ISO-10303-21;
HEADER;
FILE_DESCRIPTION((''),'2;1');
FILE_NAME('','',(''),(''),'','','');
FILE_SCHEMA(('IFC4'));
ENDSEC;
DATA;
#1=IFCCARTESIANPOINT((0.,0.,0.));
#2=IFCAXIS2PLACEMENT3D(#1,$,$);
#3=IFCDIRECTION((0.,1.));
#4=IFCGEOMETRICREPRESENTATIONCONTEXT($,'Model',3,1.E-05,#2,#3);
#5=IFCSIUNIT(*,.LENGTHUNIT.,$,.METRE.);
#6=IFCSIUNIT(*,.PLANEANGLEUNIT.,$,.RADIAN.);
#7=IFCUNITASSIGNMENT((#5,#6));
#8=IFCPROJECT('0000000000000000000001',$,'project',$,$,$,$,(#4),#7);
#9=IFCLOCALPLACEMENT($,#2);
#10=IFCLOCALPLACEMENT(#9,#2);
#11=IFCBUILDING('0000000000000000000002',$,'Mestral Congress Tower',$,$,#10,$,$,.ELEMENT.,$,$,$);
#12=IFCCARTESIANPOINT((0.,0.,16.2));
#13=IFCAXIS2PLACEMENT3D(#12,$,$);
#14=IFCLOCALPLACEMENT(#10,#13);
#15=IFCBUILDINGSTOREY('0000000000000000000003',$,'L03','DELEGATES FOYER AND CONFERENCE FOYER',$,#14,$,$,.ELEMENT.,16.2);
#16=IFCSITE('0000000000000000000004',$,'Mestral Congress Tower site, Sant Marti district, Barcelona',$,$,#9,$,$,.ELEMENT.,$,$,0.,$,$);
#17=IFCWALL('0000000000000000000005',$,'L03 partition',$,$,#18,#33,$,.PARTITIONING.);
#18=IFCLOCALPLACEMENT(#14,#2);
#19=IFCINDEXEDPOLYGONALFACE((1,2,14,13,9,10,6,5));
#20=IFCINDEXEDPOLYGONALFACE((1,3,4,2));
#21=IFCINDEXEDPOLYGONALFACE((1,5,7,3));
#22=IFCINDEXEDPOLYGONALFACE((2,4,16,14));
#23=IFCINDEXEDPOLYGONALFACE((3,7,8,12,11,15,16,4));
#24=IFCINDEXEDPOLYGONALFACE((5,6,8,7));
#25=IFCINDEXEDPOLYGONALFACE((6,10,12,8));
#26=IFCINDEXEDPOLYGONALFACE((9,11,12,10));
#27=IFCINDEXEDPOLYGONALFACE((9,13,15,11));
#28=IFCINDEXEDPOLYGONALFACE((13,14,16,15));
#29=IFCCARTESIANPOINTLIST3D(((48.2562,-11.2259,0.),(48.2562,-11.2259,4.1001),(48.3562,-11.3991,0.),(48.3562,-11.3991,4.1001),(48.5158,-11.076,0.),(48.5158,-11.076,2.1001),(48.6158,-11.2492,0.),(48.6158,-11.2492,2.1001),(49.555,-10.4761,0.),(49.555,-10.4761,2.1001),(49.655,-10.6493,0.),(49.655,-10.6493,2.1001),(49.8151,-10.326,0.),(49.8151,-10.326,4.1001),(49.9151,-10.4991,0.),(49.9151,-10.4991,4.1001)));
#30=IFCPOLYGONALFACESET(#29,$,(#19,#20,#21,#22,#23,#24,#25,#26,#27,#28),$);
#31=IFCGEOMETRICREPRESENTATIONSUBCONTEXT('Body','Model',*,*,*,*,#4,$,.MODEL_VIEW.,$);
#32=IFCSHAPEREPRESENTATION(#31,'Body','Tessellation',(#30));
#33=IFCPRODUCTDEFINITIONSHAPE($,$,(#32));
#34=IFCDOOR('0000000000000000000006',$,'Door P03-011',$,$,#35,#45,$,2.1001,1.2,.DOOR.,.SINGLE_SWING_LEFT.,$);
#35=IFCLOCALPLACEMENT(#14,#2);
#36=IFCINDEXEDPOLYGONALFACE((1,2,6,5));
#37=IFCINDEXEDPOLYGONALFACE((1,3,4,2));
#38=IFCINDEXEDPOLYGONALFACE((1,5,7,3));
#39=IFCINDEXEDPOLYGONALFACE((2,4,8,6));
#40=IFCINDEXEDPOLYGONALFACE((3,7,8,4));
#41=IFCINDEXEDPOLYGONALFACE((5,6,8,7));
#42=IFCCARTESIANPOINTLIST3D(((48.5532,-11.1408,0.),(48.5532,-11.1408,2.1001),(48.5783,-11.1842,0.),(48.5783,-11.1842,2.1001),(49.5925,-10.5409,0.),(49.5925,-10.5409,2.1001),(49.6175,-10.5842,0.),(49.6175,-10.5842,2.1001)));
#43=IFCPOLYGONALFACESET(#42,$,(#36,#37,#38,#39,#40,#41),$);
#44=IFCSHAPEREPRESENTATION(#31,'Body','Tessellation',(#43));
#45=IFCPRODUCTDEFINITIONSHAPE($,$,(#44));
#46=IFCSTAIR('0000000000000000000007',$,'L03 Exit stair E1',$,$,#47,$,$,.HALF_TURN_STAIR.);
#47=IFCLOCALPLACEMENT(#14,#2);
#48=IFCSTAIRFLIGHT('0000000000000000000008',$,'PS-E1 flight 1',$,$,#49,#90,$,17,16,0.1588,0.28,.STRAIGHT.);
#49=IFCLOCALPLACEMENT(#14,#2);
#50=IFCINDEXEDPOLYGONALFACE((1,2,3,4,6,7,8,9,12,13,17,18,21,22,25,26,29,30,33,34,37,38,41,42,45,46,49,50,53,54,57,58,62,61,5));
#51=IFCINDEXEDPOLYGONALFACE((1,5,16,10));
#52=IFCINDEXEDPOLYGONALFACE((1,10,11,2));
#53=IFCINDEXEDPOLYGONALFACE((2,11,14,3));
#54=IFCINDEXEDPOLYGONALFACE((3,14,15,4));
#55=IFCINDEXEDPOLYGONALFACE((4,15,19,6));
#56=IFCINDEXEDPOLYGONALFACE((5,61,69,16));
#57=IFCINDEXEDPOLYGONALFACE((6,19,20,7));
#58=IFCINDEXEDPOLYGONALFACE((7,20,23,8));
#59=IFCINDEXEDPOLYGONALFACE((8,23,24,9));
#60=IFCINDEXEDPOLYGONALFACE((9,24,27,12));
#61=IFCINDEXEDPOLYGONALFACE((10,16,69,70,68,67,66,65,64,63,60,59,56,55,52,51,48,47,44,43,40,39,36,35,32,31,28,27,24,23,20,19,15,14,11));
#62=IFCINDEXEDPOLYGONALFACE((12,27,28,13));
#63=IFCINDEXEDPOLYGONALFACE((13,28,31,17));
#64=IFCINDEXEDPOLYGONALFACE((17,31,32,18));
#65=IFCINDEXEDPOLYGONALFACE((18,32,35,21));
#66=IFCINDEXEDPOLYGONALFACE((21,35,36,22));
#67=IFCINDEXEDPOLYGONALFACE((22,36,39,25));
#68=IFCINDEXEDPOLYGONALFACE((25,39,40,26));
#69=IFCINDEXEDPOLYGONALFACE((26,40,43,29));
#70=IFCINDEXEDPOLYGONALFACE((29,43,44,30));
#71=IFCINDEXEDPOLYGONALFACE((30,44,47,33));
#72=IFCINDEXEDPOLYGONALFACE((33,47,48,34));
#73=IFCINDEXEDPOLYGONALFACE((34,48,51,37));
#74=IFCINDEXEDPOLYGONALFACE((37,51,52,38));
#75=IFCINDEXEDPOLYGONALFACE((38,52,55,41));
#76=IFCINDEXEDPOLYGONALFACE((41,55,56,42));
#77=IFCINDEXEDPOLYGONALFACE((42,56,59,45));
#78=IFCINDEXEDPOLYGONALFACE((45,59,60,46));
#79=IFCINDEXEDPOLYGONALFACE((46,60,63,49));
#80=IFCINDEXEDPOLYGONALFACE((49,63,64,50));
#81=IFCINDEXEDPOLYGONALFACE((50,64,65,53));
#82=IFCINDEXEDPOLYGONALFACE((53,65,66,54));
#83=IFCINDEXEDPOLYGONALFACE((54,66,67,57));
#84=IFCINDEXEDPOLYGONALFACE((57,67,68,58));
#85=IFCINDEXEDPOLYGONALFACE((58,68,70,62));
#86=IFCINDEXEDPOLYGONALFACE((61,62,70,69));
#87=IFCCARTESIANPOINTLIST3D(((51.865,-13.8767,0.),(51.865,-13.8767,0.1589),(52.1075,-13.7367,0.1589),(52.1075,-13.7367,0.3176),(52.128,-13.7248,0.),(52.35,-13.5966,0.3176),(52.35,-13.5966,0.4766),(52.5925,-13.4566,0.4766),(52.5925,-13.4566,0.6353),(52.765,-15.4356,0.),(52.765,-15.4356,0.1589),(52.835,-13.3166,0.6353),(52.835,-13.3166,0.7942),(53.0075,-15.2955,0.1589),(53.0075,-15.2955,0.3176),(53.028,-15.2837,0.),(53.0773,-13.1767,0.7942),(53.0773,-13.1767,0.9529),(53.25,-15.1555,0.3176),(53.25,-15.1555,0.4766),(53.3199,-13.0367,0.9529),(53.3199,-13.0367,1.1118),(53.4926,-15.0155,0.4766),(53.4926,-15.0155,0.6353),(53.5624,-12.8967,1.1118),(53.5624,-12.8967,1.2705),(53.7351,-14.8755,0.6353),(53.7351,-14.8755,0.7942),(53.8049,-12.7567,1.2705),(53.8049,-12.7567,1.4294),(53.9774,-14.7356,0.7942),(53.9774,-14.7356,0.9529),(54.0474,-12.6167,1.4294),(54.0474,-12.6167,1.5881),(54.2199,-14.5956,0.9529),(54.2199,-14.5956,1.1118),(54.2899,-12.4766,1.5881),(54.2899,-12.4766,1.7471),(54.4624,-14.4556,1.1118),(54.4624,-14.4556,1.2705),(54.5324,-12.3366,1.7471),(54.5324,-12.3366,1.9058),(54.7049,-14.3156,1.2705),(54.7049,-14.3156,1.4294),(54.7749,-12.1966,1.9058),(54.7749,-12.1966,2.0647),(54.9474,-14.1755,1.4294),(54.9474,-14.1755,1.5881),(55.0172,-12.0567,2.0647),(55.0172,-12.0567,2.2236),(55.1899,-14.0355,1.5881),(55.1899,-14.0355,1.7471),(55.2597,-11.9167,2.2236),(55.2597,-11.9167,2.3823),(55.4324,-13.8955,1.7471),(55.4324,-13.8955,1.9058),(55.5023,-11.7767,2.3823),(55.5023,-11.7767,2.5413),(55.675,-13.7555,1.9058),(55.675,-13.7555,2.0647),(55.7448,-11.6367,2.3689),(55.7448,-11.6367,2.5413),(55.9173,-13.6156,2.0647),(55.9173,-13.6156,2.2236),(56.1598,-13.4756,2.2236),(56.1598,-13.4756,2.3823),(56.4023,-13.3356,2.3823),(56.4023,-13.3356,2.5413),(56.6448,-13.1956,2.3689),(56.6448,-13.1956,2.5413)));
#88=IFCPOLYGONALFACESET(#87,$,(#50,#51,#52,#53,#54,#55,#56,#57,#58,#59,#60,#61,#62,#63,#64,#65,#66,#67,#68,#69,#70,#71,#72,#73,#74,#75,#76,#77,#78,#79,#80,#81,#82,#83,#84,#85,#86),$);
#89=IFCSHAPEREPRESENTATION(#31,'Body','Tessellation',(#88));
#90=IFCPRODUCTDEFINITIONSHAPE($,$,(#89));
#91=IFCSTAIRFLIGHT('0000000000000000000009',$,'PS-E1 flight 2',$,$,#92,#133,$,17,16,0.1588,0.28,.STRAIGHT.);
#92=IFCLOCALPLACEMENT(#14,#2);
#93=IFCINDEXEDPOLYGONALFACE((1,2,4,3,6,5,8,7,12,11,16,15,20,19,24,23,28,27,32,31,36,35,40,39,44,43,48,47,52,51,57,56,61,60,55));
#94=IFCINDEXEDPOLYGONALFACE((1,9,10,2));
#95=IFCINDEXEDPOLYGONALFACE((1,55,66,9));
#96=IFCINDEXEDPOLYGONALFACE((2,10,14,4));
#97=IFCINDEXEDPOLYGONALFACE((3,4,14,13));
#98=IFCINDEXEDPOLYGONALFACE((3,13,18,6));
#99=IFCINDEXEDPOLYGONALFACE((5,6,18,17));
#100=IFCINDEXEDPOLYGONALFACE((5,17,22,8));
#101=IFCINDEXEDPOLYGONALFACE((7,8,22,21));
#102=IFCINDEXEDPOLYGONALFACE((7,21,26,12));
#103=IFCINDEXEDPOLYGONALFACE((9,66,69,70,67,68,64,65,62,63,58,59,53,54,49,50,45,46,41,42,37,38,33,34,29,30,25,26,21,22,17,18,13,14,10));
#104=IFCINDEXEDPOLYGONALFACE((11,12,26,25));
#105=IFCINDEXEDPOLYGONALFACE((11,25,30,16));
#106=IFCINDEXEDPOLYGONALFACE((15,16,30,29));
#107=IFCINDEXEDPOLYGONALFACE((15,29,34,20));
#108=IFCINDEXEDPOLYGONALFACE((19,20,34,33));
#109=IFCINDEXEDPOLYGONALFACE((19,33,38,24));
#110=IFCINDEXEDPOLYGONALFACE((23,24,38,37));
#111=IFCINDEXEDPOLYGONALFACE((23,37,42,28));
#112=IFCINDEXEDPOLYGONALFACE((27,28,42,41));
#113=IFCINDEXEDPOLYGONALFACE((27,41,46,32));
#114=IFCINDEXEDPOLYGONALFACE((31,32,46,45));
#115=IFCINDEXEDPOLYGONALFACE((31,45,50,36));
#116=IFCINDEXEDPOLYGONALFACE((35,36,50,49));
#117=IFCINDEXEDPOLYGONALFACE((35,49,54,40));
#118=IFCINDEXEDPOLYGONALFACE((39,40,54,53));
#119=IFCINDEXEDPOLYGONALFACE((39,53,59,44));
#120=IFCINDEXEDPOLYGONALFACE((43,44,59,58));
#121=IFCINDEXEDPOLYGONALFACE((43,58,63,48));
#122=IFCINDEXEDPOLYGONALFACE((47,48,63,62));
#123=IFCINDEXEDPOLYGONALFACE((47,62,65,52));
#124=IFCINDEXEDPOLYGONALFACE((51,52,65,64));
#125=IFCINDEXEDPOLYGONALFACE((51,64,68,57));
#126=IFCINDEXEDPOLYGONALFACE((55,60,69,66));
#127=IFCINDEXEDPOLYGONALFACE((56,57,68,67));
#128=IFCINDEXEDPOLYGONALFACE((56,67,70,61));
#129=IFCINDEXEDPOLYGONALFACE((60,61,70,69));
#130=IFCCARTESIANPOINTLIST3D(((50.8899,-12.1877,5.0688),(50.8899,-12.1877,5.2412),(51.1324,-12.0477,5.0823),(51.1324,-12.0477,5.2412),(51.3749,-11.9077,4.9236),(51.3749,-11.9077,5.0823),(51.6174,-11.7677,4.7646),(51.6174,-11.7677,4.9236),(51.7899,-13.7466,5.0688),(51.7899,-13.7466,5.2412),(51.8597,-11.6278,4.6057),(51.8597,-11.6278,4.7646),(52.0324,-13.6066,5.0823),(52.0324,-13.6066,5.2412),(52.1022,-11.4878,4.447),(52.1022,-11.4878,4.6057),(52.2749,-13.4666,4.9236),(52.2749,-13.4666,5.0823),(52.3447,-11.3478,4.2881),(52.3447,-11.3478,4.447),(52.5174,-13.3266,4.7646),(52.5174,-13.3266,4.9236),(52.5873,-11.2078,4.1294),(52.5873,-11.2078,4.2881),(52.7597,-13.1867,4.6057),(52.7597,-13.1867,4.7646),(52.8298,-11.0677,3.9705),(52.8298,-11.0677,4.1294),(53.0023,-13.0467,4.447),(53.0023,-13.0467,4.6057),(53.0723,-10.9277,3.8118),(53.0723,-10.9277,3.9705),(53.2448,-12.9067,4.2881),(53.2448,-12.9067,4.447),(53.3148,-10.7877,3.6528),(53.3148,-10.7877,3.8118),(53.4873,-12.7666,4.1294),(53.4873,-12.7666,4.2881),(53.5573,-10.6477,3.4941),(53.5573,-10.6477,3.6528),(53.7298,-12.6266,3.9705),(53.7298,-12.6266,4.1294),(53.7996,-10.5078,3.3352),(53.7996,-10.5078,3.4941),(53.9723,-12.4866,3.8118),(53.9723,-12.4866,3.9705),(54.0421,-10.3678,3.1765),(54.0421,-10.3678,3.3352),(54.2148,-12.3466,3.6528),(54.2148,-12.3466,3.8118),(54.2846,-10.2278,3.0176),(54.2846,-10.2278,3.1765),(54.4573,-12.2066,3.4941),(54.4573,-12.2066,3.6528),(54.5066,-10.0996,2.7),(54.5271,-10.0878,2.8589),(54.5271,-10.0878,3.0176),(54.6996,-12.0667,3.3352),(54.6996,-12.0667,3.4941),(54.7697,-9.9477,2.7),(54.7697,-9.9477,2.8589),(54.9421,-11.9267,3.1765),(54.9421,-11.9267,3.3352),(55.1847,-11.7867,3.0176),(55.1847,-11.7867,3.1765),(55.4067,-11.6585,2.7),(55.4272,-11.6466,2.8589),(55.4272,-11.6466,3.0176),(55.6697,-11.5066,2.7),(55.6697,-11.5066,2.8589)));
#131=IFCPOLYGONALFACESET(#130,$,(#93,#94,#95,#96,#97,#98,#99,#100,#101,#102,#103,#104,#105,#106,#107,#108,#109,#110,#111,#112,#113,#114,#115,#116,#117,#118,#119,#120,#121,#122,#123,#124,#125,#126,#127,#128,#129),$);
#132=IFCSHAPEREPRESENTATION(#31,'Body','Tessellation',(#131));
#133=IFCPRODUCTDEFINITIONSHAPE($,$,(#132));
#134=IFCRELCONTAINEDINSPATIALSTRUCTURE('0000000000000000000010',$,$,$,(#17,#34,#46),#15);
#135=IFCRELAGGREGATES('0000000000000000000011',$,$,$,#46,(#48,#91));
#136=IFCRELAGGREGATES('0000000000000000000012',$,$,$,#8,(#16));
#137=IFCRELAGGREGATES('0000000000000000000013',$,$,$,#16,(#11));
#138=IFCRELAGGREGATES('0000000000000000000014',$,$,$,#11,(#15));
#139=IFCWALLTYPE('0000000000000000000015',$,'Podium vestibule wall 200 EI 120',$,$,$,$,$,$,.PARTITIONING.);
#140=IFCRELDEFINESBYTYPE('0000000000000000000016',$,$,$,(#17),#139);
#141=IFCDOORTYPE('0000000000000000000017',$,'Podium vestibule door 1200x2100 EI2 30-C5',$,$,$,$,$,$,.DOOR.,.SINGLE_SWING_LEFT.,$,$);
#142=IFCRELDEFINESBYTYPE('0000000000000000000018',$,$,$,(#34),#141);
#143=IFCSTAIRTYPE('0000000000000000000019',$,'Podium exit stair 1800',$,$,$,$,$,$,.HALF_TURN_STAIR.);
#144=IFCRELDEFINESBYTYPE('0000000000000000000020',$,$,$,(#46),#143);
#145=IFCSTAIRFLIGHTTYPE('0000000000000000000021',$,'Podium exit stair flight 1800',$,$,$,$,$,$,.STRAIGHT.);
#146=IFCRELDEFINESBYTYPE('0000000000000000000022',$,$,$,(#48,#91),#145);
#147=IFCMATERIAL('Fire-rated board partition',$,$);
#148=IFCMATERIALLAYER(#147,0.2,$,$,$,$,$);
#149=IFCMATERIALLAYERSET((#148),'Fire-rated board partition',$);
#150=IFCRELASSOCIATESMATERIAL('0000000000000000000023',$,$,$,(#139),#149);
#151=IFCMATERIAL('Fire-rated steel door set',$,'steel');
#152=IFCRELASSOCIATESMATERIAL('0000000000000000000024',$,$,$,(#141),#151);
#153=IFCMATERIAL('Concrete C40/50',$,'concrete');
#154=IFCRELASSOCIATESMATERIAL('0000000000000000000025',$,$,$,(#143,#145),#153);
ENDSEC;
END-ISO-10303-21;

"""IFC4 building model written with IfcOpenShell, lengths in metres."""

from ifc_helpers import new_model, si_unit, direction, frame, frame_2d, origin, place, context, subcontext, project, spatial, polyline, rectangle, outline, extrude, material, layer, layer_set, type_object, element, fill, aggregate, save


model = new_model("IFC4")

# Units and contexts
model_context = context("Model", 3, precision=1e-05, world=origin(), true_north=direction((0.0, 1.0)))
body_context = subcontext(model_context, "Body", "Model", "MODEL_VIEW")
ifc_project = project(units=[si_unit("LENGTHUNIT", "METRE"), si_unit("PLANEANGLEUNIT", "RADIAN")], contexts=[model_context])

# Site, building, storey
site_placement = place(None, origin())
site = spatial("IfcSite", under=ifc_project, at=site_placement, Name="Mestral Congress Tower site, Sant Marti district, Barcelona", CompositionType="ELEMENT", RefElevation=0.0)
building_placement = place(site_placement, origin())
building = spatial("IfcBuilding", under=site, at=building_placement, Name="Mestral Congress Tower", CompositionType="ELEMENT")
storey_placement = place(building_placement, frame((0.0, 0.0, 16.2)))
storey = spatial("IfcBuildingStorey", under=building, at=storey_placement, Name="L03", Description="DELEGATES FOYER AND CONFERENCE FOYER", CompositionType="ELEMENT", Elevation=16.2)

# Shared definitions
ifc_material_1 = material(Name="Fire-rated steel door set", Category="steel")

# Shared definitions
ifc_material_2 = material(Name="Fire-rated board partition")
ifc_layer_1 = layer(ifc_material_2, 0.2)
ifc_layer_set_1 = layer_set([ifc_layer_1], Name="Fire-rated board partition")
wall_type_1 = type_object("IfcWallType", Name="Podium vestibule wall 200 EI 120", PredefinedType="PARTITIONING", material=ifc_layer_set_1)

# Wall, opening, door
wall_1_placement = place(storey_placement, frame((49.865, -10.4126, 0.0), z_axis=(0.0, 0.0, 1.0), x_axis=(-0.866048, -0.499961, 0.0)))
wall_1 = element("IfcWall", 1, at=wall_1_placement, inside=storey, type_object=wall_type_1, Name="L03 partition", PredefinedType="PARTITIONING", context=body_context, shape_type="SweptSolid", body=[
    extrude(rectangle(XDim=1.8, YDim=0.2, at=frame_2d((0.8999, 0.0))), origin(), (0.0, 0.0, 1.0), 4.1001),
])
opening_1_placement = place(wall_1_placement, frame((0.3, 0.0, 0.0)))
opening_1 = element("IfcOpeningElement", 2, at=opening_1_placement, cuts=wall_1, PredefinedType="OPENING", context=body_context, shape_type="SweptSolid", body=[
    extrude(rectangle(XDim=1.2, YDim=2.1001, at=frame_2d((0.6001, 1.05))), frame((0.0, 0.1099, 0.0), z_axis=(0.0, -1.0, 0.0), x_axis=(1.0, 0.0, 0.0)), (0.0, 0.0, 1.0), 0.22),
])
door_type_1 = type_object("IfcDoorType", Name="Podium vestibule door 1200x2100 EI2 30-C5", OperationType="SINGLE_SWING_LEFT", PredefinedType="DOOR", material=ifc_material_1)
door_1_placement = place(opening_1_placement, origin())
door_1 = element("IfcDoor", 3, at=door_1_placement, inside=storey, type_object=door_type_1, Name="Door P03-011", OperationType="SINGLE_SWING_LEFT", OverallHeight=2.1001, OverallWidth=1.2, PredefinedType="DOOR", context=body_context, shape_type="SweptSolid", body=[
    extrude(rectangle(XDim=1.2, YDim=2.1001, at=frame_2d((0.6001, 1.05))), frame((0.0, 0.0249, 0.0), z_axis=(0.0, -1.0, 0.0), x_axis=(1.0, 0.0, 0.0)), (0.0, 0.0, 1.0), 0.05),
])
fill(opening_1, door_1)

# Stair, stair flights
ifc_material_3 = material(Name="Concrete C40/50", Category="concrete")
stair_type = type_object("IfcStairType", Name="Podium exit stair 1800", PredefinedType="HALF_TURN_STAIR", material=ifc_material_3)
stair_placement = place(storey_placement, origin())
stair = element("IfcStair", 4, at=stair_placement, inside=storey, type_object=stair_type, Name="L03 Exit stair E1", PredefinedType="HALF_TURN_STAIR")
stair_flight_type = type_object("IfcStairFlightType", Name="Podium exit stair flight 1800", PredefinedType="STRAIGHT", material=ifc_material_3)
stair_flight_1_placement = place(storey_placement, frame((52.3149, -14.656, 0.0), z_axis=(0.0, 0.0, 1.0), x_axis=(0.866025, 0.5, 0.0)))
stair_flight_1 = element("IfcStairFlight", 5, at=stair_flight_1_placement, type_object=stair_flight_type, Name="PS-E1 flight 1", NumberOfRisers=17, NumberOfTreads=16, PredefinedType="STRAIGHT", RiserHeight=0.1588, TreadLength=0.28, context=body_context, shape_type="SweptSolid", body=[
    extrude(outline(polyline([(0.0, 0.0), (0.0, 0.1589), (0.28, 0.1589), (0.28, 0.3176), (0.5601, 0.3176), (0.5601, 0.4766), (0.8401, 0.4766), (0.8401, 0.6353), (1.1201, 0.6353), (1.1201, 0.7942), (1.3999, 0.7942), (1.3999, 0.9529), (1.6799, 0.9529), (1.6799, 1.1118), (1.96, 1.1118), (1.96, 1.2705), (2.24, 1.2705), (2.24, 1.4294), (2.52, 1.4294), (2.52, 1.5881), (2.8, 1.5881), (2.8, 1.7471), (3.0801, 1.7471), (3.0801, 1.9058), (3.3601, 1.9058), (3.3601, 2.0647), (3.6399, 2.0647), (3.6399, 2.2236), (3.9199, 2.2236), (3.9199, 2.3823), (4.2, 2.3823), (4.2, 2.5413), (4.48, 2.5413), (4.48, 2.7), (4.48, 2.3689), (0.3037, 0.0), (0.0, 0.0)])), frame((0.0, 0.8999, 0.0), z_axis=(0.0, -1.0, 0.0), x_axis=(1.0, 0.0, 0.0)), (0.0, 0.0, 1.0), 1.8),
])
stair_flight_2_placement = place(storey_placement, frame((55.2197, -10.7273, 2.7), z_axis=(0.0, 0.0, 1.0), x_axis=(-0.866025, -0.5, 0.0)))
stair_flight_2 = element("IfcStairFlight", 6, at=stair_flight_2_placement, type_object=stair_flight_type, Name="PS-E1 flight 2", NumberOfRisers=17, NumberOfTreads=16, PredefinedType="STRAIGHT", RiserHeight=0.1588, TreadLength=0.28, context=body_context, shape_type="SweptSolid", body=[
    extrude(outline(polyline([(0.0, 0.0), (0.0, 0.1589), (0.28, 0.1589), (0.28, 0.3176), (0.5601, 0.3176), (0.5601, 0.4766), (0.8401, 0.4766), (0.8401, 0.6353), (1.1201, 0.6353), (1.1201, 0.7942), (1.3999, 0.7942), (1.3999, 0.9529), (1.6799, 0.9529), (1.6799, 1.1118), (1.96, 1.1118), (1.96, 1.2705), (2.24, 1.2705), (2.24, 1.4294), (2.52, 1.4294), (2.52, 1.5881), (2.8, 1.5881), (2.8, 1.7471), (3.0801, 1.7471), (3.0801, 1.9058), (3.3601, 1.9058), (3.3601, 2.0647), (3.6399, 2.0647), (3.6399, 2.2236), (3.9199, 2.2236), (3.9199, 2.3823), (4.2, 2.3823), (4.2, 2.5413), (4.48, 2.5413), (4.48, 2.7), (4.48, 2.3689), (0.3037, 0.0), (0.0, 0.0)])), frame((0.0, 0.8999, 0.0), z_axis=(0.0, -1.0, 0.0), x_axis=(1.0, 0.0, 0.0)), (0.0, 0.0, 1.0), 1.8),
])
aggregate(stair, [stair_flight_1, stair_flight_2])

save(model, "model.ifc")
